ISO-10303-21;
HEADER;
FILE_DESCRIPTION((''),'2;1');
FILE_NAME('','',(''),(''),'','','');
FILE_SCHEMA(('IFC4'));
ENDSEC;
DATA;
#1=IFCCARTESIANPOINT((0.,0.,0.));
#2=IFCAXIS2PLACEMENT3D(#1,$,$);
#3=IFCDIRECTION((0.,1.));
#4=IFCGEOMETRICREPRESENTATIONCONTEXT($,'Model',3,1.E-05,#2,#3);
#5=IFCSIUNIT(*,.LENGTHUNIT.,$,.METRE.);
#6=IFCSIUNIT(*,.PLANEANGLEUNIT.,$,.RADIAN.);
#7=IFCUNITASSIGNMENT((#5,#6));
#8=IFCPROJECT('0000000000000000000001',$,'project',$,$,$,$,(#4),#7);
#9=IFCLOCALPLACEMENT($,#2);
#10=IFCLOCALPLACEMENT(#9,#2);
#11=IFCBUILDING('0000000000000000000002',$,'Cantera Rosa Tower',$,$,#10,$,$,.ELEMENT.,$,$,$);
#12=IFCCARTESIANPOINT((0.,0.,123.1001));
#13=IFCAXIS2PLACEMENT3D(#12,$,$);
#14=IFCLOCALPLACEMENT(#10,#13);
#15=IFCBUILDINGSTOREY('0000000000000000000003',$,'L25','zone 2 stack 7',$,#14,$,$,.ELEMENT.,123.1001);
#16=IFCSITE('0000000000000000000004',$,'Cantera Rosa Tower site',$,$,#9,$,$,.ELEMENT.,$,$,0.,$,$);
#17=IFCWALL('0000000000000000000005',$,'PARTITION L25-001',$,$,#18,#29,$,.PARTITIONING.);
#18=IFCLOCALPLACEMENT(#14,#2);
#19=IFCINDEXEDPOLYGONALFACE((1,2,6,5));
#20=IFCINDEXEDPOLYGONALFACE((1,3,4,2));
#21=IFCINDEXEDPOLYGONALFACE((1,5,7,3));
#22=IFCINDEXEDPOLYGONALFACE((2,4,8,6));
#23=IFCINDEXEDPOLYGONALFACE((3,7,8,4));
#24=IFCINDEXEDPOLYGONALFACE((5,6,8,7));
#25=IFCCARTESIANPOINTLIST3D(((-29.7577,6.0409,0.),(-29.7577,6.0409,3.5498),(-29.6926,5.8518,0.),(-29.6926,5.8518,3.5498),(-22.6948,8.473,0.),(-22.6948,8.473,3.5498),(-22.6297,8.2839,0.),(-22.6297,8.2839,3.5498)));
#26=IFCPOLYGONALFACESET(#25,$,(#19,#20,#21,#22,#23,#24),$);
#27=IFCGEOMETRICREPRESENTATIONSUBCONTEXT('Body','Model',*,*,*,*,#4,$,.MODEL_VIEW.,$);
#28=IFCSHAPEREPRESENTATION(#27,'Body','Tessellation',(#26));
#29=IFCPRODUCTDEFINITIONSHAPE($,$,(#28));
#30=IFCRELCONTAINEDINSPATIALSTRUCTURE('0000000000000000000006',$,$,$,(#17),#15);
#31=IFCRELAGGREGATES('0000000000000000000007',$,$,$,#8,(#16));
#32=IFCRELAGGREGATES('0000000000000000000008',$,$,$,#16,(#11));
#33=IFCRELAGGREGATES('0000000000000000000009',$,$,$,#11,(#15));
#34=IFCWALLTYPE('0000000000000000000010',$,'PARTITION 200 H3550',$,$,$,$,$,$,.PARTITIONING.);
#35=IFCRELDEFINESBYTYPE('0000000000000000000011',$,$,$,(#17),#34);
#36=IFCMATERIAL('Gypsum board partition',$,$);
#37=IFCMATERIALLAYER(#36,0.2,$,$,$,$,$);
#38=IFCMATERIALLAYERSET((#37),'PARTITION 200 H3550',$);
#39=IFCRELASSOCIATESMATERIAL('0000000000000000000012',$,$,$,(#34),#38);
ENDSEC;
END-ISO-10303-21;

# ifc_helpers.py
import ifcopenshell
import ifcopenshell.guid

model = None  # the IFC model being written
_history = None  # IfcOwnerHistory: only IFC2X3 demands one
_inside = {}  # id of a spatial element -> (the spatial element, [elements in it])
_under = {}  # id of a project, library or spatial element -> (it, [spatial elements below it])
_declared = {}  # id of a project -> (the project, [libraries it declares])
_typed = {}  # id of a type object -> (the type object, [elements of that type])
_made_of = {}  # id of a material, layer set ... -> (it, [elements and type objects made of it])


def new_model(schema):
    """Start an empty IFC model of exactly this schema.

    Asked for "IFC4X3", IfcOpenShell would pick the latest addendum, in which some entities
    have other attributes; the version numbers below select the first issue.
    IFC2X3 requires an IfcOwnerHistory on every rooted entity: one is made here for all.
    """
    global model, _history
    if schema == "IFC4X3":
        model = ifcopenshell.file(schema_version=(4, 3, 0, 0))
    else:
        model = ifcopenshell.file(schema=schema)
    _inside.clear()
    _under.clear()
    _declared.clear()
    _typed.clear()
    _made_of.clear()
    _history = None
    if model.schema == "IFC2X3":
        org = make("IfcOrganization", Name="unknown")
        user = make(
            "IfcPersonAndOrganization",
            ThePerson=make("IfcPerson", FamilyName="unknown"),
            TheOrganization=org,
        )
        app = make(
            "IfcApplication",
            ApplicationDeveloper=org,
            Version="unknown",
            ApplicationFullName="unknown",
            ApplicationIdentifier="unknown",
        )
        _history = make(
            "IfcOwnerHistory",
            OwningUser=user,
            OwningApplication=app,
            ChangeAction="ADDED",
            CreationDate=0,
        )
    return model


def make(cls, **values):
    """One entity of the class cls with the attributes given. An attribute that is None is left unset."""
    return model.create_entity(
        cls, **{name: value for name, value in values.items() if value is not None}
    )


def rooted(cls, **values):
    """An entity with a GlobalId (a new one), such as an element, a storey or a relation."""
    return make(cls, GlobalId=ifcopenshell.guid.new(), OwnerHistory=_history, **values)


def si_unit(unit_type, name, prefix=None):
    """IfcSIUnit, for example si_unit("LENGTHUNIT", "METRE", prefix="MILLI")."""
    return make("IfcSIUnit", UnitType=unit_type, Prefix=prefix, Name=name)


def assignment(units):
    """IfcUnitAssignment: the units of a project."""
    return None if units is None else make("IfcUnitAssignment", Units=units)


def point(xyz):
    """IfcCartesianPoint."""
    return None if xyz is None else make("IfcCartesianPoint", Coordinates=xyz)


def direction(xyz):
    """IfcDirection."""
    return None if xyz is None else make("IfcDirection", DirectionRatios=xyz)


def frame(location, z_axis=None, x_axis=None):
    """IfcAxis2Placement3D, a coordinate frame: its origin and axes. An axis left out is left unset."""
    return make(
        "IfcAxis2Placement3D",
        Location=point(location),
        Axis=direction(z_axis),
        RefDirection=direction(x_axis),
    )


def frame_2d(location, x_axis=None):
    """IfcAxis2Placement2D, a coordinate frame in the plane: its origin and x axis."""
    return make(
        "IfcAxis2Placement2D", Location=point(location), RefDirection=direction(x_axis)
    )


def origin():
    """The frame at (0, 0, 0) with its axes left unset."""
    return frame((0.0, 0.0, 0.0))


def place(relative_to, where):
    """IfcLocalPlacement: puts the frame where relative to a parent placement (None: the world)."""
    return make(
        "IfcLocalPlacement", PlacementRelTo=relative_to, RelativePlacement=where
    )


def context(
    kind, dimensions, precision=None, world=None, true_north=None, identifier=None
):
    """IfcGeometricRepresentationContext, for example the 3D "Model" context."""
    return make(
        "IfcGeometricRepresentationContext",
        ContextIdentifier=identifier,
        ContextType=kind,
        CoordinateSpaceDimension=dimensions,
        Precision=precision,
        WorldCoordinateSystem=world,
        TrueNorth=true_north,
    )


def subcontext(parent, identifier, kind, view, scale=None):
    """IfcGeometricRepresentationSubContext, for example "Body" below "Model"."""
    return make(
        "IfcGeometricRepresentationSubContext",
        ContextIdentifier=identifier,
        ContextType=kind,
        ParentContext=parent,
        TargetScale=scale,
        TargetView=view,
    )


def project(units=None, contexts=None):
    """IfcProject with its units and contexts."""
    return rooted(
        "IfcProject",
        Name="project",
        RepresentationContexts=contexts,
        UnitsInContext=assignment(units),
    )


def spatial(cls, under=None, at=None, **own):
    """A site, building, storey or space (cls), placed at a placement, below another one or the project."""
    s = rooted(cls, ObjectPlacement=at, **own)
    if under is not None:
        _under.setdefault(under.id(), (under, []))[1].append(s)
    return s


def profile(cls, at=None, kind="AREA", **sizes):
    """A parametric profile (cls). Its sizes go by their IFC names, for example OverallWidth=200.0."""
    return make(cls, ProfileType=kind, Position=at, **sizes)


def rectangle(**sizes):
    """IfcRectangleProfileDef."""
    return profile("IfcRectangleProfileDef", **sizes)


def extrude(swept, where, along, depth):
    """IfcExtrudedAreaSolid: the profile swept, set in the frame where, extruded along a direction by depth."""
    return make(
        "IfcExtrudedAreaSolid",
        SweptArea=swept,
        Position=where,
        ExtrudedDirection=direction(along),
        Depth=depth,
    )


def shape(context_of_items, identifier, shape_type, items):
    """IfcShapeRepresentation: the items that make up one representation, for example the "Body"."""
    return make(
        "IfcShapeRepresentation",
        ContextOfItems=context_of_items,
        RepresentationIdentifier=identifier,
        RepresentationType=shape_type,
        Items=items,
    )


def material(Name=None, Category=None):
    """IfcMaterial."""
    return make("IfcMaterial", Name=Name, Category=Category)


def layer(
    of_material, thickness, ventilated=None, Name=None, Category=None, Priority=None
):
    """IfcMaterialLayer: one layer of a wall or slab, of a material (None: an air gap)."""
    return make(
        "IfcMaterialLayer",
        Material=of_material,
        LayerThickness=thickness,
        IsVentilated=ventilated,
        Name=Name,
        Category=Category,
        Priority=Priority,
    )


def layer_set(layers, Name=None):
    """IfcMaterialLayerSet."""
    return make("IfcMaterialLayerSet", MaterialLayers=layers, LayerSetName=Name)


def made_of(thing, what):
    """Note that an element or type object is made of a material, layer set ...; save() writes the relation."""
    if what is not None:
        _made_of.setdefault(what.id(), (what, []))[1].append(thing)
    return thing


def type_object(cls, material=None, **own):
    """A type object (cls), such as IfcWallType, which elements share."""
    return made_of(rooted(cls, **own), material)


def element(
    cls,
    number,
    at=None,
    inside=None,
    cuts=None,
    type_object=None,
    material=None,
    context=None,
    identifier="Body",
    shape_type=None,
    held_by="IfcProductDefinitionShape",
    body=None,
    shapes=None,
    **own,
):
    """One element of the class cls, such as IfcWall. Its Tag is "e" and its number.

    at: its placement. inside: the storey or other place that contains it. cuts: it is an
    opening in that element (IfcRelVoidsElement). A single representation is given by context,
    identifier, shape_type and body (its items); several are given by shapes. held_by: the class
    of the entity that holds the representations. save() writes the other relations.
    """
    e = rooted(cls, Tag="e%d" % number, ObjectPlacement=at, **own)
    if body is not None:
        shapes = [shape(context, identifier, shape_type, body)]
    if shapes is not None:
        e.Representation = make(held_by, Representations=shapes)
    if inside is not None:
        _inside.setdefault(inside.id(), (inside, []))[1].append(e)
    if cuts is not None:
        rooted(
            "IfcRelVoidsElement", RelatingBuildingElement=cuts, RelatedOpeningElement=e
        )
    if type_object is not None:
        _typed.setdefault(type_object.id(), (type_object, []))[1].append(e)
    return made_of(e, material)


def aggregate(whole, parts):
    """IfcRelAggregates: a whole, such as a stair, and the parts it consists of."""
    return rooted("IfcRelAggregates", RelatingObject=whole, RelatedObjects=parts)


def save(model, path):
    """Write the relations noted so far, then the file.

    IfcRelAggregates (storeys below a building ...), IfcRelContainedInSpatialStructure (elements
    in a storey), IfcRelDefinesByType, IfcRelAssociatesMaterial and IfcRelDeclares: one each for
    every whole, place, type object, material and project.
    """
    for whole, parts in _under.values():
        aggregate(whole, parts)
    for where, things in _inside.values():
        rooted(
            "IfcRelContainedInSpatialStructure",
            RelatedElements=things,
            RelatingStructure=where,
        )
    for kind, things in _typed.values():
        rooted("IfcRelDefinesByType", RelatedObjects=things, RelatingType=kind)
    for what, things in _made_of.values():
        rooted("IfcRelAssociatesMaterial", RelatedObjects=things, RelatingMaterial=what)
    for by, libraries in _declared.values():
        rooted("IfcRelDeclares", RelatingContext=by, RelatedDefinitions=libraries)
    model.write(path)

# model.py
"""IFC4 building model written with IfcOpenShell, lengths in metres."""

from ifc_helpers import new_model, si_unit, direction, frame, frame_2d, origin, place, context, subcontext, project, spatial, rectangle, extrude, material, layer, layer_set, type_object, element, save


model = new_model("IFC4")

# Units and contexts
model_context = context("Model", 3, precision=1e-05, world=origin(), true_north=direction((0.0, 1.0)))
body_context = subcontext(model_context, "Body", "Model", "MODEL_VIEW")
ifc_project = project(units=[si_unit("LENGTHUNIT", "METRE"), si_unit("PLANEANGLEUNIT", "RADIAN")], contexts=[model_context])

# Site, building, storey
site_placement = place(None, origin())
site = spatial("IfcSite", under=ifc_project, at=site_placement, Name="Cantera Rosa Tower site", CompositionType="ELEMENT", RefElevation=0.0)
building_placement = place(site_placement, origin())
building = spatial("IfcBuilding", under=site, at=building_placement, Name="Cantera Rosa Tower", CompositionType="ELEMENT")
storey_placement = place(building_placement, frame((0.0, 0.0, 123.1001)))
storey = spatial("IfcBuildingStorey", under=building, at=storey_placement, Name="L25", Description="zone 2 stack 7", CompositionType="ELEMENT", Elevation=123.1001)

# Wall
ifc_material_1 = material(Name="Gypsum board partition")
ifc_layer_1 = layer(ifc_material_1, 0.2)
ifc_layer_set_1 = layer_set([ifc_layer_1], Name="PARTITION 200 H3550")
wall_type_1 = type_object("IfcWallType", Name="PARTITION 200 H3550", PredefinedType="PARTITIONING", material=ifc_layer_set_1)
wall_1_placement = place(storey_placement, frame((-22.6624, 8.3784, 0.0), z_axis=(0.0, 0.0, 1.0), x_axis=(-0.945513, -0.325586, 0.0)))
element("IfcWall", 1, at=wall_1_placement, inside=storey, type_object=wall_type_1, Name="PARTITION L25-001", PredefinedType="PARTITIONING", context=body_context, shape_type="SweptSolid", body=[
    extrude(rectangle(XDim=7.47, YDim=0.2, at=frame_2d((3.7349, 0.0))), origin(), (0.0, 0.0, 1.0), 3.5498),
])

save(model, "model.ifc")
